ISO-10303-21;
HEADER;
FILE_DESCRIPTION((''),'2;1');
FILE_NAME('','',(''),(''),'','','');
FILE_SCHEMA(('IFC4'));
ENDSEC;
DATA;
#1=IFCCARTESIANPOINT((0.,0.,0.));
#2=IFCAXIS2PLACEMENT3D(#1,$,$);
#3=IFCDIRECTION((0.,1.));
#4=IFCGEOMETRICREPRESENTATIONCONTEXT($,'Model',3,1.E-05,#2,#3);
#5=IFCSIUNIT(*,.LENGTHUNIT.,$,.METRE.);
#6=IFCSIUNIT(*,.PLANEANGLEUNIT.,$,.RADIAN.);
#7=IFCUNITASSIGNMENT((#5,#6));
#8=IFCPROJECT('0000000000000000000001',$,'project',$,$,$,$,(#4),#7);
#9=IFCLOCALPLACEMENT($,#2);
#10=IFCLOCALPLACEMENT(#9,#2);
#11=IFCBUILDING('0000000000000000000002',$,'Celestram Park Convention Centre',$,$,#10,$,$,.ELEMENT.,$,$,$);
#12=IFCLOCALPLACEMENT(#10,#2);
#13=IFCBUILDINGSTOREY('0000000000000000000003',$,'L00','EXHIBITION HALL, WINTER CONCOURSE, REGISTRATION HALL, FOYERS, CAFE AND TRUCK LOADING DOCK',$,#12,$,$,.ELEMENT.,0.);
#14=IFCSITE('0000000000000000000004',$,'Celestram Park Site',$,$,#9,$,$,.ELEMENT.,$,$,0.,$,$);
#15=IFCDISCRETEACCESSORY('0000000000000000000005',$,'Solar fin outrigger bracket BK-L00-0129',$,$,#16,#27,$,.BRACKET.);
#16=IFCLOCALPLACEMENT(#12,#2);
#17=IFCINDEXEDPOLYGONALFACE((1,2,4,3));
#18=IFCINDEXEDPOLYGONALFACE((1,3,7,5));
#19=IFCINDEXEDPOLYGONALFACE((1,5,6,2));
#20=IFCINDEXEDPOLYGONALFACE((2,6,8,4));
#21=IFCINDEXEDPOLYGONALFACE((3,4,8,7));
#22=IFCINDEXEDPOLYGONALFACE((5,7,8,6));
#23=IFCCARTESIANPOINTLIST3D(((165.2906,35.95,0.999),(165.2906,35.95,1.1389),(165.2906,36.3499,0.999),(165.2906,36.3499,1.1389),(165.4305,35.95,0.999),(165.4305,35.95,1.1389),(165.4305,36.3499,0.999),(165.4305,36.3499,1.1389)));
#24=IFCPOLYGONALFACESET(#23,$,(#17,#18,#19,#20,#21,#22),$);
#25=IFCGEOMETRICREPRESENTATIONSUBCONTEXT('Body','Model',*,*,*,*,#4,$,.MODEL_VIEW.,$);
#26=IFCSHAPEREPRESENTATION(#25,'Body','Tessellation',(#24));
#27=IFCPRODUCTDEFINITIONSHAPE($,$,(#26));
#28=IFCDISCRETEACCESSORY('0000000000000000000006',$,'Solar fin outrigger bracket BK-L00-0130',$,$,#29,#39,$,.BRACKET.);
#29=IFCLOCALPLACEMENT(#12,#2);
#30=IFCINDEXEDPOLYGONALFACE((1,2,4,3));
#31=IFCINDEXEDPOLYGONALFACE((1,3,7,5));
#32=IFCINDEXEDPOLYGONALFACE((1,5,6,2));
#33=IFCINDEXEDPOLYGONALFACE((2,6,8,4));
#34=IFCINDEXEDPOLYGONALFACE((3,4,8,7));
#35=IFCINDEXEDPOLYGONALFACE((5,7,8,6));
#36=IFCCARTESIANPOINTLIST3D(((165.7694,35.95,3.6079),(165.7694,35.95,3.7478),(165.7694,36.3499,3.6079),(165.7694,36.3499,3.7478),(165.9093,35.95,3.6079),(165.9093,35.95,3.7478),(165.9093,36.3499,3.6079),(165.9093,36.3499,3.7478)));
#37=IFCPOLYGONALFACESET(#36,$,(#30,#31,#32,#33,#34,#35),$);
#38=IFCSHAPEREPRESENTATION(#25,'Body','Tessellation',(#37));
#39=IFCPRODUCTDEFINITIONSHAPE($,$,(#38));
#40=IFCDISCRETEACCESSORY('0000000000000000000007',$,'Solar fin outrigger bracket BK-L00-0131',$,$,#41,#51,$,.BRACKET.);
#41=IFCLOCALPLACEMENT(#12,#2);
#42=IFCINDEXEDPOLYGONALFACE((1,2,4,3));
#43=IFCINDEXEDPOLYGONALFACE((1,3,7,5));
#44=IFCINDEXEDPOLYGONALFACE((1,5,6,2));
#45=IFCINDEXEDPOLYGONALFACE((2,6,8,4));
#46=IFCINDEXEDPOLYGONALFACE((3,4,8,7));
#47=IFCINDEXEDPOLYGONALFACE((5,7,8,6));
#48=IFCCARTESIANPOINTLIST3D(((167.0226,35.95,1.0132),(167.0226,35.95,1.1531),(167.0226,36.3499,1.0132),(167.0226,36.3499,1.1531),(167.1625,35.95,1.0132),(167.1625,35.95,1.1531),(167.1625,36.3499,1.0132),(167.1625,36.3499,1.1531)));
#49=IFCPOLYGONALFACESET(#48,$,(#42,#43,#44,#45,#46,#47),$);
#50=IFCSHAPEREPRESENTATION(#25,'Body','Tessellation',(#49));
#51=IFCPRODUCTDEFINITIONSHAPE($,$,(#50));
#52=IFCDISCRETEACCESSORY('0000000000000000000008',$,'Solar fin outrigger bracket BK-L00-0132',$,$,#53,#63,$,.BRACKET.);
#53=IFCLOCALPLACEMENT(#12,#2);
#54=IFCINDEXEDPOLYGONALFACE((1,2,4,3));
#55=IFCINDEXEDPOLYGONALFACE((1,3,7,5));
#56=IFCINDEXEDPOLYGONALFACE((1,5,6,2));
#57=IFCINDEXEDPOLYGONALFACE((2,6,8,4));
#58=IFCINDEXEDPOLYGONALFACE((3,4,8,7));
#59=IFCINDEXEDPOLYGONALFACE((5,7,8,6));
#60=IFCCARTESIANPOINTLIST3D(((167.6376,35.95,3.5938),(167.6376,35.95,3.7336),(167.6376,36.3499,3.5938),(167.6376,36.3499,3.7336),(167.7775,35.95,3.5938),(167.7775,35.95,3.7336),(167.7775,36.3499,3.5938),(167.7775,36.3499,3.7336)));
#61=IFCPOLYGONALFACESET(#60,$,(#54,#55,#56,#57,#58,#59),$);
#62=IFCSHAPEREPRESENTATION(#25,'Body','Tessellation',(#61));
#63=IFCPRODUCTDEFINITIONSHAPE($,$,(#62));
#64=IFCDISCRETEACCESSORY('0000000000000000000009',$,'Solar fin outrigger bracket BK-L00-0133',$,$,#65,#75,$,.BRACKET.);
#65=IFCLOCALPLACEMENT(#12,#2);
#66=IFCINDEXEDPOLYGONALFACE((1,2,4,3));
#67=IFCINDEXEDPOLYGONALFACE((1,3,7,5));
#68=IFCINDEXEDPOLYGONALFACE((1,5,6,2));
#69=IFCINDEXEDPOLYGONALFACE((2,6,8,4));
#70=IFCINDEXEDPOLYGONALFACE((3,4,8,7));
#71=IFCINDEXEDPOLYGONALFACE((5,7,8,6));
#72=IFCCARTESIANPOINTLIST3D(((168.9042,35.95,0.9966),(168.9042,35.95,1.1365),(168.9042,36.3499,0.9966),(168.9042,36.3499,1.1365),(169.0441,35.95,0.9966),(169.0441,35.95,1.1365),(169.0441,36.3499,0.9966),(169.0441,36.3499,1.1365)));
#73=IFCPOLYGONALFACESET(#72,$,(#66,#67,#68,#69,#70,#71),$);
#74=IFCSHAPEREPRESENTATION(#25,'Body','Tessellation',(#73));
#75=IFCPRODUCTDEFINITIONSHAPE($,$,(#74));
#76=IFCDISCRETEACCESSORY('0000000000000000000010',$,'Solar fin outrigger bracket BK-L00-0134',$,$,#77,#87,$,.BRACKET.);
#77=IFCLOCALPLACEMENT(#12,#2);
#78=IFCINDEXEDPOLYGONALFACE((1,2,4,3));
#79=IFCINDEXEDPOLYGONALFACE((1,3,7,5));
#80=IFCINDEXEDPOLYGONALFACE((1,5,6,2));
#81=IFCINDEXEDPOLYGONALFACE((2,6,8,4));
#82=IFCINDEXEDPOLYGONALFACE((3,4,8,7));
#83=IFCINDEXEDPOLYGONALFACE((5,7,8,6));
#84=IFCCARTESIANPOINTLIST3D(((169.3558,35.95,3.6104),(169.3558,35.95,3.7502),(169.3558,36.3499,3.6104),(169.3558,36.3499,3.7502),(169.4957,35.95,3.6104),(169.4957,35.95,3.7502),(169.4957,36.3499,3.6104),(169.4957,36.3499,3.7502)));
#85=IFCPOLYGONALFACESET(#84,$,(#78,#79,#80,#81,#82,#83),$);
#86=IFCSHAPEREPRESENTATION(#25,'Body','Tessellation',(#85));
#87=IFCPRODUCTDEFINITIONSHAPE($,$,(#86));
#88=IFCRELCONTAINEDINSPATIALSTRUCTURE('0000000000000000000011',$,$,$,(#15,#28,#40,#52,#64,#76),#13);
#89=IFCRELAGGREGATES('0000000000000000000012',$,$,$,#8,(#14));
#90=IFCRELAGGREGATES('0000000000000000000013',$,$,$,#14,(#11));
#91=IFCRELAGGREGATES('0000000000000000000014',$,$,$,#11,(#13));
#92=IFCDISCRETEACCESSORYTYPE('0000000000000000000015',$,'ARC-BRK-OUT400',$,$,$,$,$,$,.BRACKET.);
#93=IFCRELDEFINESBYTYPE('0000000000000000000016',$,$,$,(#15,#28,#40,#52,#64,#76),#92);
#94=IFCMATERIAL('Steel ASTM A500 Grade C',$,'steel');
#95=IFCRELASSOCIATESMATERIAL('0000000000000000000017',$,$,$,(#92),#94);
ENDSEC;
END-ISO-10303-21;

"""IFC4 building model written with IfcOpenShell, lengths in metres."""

from ifc_helpers import new_model, si_unit, direction, frame, origin, origin_2d, place, context, subcontext, project, spatial, rectangle, extrude, material, type_object, element, save


model = new_model("IFC4")

# Units and contexts
model_context = context("Model", 3, precision=1e-05, world=origin(), true_north=direction((0.0, 1.0)))
body_context = subcontext(model_context, "Body", "Model", "MODEL_VIEW")
ifc_project = project(units=[si_unit("LENGTHUNIT", "METRE"), si_unit("PLANEANGLEUNIT", "RADIAN")], contexts=[model_context])

# Site, building, storey
site_placement = place(None, origin())
site = spatial("IfcSite", under=ifc_project, at=site_placement, Name="Celestram Park Site", CompositionType="ELEMENT", RefElevation=0.0)
building_placement = place(site_placement, origin())
building = spatial("IfcBuilding", under=site, at=building_placement, Name="Celestram Park Convention Centre", CompositionType="ELEMENT")
storey_placement = place(building_placement, origin())
storey = spatial("IfcBuildingStorey", under=building, at=storey_placement, Name="L00", Description="EXHIBITION HALL, WINTER CONCOURSE, REGISTRATION HALL, FOYERS, CAFE AND TRUCK LOADING DOCK", CompositionType="ELEMENT", Elevation=0.0)

# Discrete accessories
ifc_material_1 = material(Name="Steel ASTM A500 Grade C", Category="steel")
discrete_accessory_type = type_object("IfcDiscreteAccessoryType", Name="ARC-BRK-OUT400", PredefinedType="BRACKET", material=ifc_material_1)
for number, where, z_axis, x_axis, name in (
    (1, (165.3606, 36.1499, 0.999), (0.0, 0.0, 1.0), (0.0, 1.0, 0.0), "Solar fin outrigger bracket BK-L00-0129"),
    (2, (165.8394, 36.1499, 3.6079), (0.0, 0.0, 1.0), (0.0, 1.0, 0.0), "Solar fin outrigger bracket BK-L00-0130"),
    (3, (167.0925, 36.1499, 1.0132), (0.0, 0.0, 1.0), (0.0, 1.0, 0.0), "Solar fin outrigger bracket BK-L00-0131"),
    (4, (167.7075, 36.1499, 3.5938), (0.0, 0.0, 1.0), (0.0, 1.0, 0.0), "Solar fin outrigger bracket BK-L00-0132"),
    (5, (168.9741, 36.1499, 0.9966), (0.0, 0.0, 1.0), (0.0, 1.0, 0.0), "Solar fin outrigger bracket BK-L00-0133"),
    (6, (169.4258, 36.1499, 3.6104), (0.0, 0.0, 1.0), (0.0, 1.0, 0.0), "Solar fin outrigger bracket BK-L00-0134"),
):
    element("IfcDiscreteAccessory", number, at=place(storey_placement, frame(where, z_axis=z_axis, x_axis=x_axis)), inside=storey, type_object=discrete_accessory_type, Name=name, PredefinedType="BRACKET", context=body_context, shape_type="SweptSolid", body=[
        extrude(rectangle(XDim=0.3999, YDim=0.1399, at=origin_2d()), origin(), (0.0, 0.0, 1.0), 0.1399),
    ])

save(model, "model.ifc")
